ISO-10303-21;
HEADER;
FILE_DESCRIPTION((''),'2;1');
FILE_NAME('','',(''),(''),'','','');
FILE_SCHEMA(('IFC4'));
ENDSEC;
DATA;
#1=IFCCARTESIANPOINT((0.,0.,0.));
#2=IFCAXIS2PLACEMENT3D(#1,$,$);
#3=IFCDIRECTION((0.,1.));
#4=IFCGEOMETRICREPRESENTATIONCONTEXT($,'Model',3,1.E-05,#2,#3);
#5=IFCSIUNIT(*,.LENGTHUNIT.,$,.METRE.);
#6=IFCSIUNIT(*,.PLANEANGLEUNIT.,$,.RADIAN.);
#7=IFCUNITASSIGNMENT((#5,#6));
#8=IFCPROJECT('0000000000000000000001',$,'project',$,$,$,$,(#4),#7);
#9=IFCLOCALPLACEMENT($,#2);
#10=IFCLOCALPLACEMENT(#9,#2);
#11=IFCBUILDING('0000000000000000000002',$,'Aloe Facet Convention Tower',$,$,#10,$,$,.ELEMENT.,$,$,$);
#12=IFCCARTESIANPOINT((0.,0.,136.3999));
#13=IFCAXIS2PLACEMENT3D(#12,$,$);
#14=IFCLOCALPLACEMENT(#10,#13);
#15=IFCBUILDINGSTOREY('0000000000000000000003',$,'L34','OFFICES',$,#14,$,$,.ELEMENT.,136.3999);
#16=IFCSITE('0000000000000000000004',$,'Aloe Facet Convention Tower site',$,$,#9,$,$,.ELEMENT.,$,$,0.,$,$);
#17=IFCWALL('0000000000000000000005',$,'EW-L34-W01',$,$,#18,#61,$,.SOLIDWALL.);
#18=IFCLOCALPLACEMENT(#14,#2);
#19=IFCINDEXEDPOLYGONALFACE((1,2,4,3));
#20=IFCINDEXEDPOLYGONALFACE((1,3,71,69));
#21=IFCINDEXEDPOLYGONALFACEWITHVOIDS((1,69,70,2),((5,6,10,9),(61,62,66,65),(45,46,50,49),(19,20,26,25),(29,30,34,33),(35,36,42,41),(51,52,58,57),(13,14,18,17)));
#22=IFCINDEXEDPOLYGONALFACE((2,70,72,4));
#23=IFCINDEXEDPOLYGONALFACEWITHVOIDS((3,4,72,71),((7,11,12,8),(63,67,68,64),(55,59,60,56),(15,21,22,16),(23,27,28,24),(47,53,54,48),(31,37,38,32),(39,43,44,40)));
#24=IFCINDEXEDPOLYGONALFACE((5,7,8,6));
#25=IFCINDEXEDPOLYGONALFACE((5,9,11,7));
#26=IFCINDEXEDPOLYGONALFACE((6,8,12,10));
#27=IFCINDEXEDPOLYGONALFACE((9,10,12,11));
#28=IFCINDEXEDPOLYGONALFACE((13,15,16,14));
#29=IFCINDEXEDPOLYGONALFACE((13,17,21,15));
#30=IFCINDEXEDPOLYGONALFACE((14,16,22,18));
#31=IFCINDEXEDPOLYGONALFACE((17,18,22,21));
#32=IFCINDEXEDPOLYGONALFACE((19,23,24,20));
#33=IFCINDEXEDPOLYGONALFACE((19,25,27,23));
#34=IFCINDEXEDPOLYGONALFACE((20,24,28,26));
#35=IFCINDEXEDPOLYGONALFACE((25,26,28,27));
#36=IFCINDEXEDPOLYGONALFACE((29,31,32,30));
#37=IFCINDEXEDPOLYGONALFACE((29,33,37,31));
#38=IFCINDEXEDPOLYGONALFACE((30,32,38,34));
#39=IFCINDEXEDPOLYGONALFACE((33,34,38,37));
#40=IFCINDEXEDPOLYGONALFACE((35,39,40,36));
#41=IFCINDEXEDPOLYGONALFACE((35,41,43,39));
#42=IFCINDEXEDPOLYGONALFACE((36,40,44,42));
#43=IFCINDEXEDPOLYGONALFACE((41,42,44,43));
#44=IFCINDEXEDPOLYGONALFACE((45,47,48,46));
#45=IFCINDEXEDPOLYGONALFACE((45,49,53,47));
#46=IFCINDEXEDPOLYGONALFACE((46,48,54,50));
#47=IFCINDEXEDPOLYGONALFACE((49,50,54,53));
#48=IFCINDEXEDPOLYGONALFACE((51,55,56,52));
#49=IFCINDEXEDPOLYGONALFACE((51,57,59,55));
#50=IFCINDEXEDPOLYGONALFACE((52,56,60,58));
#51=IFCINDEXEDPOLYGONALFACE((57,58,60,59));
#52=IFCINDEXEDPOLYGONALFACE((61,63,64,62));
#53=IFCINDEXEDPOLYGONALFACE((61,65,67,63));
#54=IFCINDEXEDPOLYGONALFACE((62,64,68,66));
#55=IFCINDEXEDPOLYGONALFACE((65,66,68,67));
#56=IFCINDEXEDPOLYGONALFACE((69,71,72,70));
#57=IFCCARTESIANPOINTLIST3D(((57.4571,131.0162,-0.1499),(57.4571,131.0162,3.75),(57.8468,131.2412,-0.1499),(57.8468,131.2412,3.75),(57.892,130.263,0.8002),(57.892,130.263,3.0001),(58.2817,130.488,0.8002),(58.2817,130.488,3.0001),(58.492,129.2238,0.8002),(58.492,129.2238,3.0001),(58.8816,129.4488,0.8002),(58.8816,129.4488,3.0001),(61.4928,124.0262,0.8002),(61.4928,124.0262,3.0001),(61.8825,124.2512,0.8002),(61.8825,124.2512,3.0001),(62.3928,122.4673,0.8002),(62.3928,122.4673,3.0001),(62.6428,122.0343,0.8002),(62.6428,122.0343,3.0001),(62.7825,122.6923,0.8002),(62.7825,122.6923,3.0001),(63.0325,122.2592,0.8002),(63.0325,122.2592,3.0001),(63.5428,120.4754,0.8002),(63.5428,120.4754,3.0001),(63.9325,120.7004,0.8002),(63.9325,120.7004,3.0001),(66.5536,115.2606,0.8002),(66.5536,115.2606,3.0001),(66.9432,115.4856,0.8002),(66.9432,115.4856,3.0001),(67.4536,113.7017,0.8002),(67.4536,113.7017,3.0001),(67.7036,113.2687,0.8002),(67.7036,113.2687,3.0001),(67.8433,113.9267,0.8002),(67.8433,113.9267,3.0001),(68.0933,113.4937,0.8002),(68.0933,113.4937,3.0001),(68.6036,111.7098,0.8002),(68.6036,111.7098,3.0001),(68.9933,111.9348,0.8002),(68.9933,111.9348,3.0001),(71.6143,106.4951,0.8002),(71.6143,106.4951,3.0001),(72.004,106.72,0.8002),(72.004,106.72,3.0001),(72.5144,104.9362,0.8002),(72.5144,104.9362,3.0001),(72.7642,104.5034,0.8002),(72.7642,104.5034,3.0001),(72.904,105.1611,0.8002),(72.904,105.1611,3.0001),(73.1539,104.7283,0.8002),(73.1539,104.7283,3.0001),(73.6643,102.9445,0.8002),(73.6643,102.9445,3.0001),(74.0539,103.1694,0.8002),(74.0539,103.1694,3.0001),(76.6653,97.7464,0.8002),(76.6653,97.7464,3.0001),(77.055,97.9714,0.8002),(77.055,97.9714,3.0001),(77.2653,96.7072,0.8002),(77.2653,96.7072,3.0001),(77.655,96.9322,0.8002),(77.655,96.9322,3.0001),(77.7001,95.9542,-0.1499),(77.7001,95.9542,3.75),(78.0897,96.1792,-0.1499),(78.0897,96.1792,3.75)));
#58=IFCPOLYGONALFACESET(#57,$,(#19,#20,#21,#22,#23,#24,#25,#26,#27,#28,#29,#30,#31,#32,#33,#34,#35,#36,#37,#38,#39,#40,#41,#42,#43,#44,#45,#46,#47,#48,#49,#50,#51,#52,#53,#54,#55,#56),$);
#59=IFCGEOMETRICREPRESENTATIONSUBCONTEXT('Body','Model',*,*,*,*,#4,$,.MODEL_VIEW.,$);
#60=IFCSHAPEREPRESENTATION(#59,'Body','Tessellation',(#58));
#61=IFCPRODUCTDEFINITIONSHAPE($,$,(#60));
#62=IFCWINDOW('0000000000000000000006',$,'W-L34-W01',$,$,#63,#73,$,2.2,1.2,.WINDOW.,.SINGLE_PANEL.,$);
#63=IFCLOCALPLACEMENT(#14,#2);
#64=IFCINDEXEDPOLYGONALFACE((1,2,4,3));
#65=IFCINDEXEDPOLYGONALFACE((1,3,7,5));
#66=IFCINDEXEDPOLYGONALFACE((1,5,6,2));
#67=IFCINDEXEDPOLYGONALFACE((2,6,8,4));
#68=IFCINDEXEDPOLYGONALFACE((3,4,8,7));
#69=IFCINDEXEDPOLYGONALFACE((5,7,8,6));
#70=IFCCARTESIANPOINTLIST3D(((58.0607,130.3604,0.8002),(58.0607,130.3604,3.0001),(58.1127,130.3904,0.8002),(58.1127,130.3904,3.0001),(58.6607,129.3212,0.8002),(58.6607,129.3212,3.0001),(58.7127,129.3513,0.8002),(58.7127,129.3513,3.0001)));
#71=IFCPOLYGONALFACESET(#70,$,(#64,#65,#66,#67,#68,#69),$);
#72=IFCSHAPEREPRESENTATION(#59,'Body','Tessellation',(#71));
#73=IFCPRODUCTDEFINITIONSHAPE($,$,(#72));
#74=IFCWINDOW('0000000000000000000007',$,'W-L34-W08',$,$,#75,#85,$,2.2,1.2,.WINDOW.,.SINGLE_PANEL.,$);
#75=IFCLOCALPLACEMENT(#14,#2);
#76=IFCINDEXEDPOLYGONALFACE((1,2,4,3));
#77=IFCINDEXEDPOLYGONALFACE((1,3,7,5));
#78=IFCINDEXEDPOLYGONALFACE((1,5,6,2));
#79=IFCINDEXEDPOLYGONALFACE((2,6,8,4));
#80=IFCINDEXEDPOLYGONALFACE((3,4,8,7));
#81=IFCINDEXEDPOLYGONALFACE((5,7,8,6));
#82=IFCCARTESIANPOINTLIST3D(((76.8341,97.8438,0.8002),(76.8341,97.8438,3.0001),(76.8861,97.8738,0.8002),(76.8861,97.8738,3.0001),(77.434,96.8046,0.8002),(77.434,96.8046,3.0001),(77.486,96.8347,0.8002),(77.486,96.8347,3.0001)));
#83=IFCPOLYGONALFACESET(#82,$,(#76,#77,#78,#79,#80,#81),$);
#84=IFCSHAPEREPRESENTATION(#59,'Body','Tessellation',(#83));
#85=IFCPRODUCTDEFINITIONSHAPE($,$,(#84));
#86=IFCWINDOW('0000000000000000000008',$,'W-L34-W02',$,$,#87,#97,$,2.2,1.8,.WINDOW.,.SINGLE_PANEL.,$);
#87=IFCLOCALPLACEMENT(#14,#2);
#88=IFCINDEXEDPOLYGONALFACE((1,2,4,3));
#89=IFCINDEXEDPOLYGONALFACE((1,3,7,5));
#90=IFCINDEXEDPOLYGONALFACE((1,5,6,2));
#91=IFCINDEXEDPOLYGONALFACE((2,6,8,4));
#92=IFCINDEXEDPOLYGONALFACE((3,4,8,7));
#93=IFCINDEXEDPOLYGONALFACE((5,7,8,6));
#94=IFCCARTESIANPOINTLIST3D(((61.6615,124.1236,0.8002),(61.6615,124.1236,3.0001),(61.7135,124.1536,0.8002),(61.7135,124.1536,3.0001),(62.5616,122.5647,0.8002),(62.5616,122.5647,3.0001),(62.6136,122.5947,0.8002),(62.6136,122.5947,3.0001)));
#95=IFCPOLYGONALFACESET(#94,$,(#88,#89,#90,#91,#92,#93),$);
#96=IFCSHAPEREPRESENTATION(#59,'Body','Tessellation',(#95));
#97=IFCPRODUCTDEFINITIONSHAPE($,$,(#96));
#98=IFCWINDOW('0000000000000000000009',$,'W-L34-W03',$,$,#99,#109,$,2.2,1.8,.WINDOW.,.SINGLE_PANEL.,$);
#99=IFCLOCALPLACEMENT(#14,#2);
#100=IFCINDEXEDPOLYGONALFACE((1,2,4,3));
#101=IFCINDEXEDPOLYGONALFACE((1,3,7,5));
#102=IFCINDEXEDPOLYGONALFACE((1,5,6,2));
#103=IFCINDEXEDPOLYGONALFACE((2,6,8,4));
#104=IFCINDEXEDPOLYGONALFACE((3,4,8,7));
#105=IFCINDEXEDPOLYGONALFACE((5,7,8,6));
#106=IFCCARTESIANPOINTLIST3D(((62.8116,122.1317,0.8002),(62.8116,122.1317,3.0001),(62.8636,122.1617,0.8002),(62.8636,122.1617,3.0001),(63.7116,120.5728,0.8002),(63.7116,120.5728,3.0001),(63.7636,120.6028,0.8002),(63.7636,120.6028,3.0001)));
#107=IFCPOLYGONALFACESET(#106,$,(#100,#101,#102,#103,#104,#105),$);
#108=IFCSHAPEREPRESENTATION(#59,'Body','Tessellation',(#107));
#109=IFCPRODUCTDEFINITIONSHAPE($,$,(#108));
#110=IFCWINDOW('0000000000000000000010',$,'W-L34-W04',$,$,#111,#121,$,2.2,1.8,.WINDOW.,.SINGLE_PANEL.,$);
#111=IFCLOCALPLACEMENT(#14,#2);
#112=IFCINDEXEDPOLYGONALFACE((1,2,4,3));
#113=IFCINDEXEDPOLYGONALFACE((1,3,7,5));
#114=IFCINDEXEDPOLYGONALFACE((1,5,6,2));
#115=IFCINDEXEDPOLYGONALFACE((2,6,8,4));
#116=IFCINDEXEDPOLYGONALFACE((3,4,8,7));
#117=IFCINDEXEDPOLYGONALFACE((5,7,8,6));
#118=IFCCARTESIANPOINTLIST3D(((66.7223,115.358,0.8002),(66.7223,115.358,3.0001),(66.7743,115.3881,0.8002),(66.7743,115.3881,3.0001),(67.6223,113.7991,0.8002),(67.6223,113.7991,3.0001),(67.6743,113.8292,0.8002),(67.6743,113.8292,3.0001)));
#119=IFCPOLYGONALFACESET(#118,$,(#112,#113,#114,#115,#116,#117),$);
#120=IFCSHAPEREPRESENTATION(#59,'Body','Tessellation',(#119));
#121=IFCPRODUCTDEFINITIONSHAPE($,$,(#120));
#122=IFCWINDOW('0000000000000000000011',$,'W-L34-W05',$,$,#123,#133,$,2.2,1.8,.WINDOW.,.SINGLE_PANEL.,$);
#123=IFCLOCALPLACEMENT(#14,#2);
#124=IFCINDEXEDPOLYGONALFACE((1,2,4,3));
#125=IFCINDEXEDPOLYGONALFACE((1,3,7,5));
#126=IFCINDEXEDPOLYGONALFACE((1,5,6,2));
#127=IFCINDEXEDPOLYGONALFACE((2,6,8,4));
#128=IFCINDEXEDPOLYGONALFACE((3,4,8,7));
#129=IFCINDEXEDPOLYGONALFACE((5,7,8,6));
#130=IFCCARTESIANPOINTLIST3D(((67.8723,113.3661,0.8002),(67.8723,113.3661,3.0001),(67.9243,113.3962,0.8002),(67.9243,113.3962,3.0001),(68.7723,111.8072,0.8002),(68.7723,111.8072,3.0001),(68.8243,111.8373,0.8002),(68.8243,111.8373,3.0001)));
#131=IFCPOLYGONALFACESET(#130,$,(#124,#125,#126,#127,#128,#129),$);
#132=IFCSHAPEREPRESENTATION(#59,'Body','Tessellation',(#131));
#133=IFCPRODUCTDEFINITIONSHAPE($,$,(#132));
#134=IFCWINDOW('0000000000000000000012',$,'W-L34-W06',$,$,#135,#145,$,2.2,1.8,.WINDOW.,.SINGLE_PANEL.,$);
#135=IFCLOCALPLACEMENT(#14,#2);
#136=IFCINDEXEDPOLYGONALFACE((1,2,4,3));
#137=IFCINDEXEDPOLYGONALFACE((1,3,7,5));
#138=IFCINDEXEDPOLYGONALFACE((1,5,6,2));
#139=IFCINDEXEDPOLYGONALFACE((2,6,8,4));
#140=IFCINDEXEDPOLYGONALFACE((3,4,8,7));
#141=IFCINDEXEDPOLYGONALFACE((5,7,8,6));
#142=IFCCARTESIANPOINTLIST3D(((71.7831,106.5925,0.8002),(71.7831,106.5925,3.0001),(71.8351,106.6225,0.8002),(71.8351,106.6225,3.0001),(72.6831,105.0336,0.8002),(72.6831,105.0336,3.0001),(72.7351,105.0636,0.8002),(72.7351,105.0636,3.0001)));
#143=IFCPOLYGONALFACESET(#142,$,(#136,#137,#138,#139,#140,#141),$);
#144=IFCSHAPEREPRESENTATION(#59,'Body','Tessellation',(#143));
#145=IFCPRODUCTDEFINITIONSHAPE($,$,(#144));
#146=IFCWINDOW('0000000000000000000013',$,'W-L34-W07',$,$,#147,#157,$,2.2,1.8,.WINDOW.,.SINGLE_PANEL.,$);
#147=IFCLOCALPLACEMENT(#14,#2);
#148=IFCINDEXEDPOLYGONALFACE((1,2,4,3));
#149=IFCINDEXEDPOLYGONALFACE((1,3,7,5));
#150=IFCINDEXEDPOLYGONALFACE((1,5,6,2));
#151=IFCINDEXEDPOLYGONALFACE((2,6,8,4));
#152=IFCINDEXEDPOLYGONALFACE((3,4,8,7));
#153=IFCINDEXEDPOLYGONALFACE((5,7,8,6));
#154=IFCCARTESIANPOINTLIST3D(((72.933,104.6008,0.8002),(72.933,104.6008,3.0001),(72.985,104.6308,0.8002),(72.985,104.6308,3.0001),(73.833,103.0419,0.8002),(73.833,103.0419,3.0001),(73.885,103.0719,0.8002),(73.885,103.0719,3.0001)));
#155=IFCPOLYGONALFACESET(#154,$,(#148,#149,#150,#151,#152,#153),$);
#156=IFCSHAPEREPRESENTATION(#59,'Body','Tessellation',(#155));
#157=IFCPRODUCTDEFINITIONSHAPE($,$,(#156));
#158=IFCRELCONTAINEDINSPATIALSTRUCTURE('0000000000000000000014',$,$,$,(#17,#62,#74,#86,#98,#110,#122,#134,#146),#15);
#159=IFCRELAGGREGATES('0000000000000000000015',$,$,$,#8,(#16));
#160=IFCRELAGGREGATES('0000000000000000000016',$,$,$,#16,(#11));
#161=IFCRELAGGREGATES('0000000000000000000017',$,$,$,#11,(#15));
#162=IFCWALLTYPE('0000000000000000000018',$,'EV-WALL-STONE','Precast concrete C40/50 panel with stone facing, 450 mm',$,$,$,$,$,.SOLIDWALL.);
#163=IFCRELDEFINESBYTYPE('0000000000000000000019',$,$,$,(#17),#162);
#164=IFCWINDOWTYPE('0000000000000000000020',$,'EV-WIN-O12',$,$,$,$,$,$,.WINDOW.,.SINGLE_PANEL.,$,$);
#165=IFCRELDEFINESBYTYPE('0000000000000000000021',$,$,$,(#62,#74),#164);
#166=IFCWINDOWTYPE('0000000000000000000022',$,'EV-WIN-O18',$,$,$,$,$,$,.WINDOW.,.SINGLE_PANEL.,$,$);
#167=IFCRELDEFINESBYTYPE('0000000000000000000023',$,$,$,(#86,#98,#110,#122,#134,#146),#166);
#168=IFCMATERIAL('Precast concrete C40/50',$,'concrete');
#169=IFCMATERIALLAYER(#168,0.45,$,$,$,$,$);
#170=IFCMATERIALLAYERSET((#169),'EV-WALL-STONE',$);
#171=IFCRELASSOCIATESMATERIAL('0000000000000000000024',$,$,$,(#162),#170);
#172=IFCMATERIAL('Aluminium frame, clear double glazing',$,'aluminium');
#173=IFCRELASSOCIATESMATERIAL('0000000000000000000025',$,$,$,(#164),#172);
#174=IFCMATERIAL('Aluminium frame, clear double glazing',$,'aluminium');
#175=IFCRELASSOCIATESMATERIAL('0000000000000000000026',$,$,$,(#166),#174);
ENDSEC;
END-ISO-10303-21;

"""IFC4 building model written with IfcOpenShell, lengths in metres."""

from ifc_helpers import new_model, si_unit, direction, frame, frame_2d, origin, place, context, subcontext, project, spatial, polyline, rectangle, outline, extrude, material, layer, layer_set, type_object, element, fill, save


model = new_model("IFC4")

# Units and contexts
model_context = context("Model", 3, precision=1e-05, world=origin(), true_north=direction((0.0, 1.0)))
body_context = subcontext(model_context, "Body", "Model", "MODEL_VIEW")
ifc_project = project(units=[si_unit("LENGTHUNIT", "METRE"), si_unit("PLANEANGLEUNIT", "RADIAN")], contexts=[model_context])

# Site, building, storey
site_placement = place(None, origin())
site = spatial("IfcSite", under=ifc_project, at=site_placement, Name="Aloe Facet Convention Tower site", CompositionType="ELEMENT", RefElevation=0.0)
building_placement = place(site_placement, origin())
building = spatial("IfcBuilding", under=site, at=building_placement, Name="Aloe Facet Convention Tower", CompositionType="ELEMENT")
storey_placement = place(building_placement, frame((0.0, 0.0, 136.3999)))
storey = spatial("IfcBuildingStorey", under=building, at=storey_placement, Name="L34", Description="OFFICES", CompositionType="ELEMENT", Elevation=136.3999)

# Wall, openings, windows
ifc_material_1 = material(Name="Precast concrete C40/50", Category="concrete")
ifc_layer_1 = layer(ifc_material_1, 0.45)
ifc_layer_set_1 = layer_set([ifc_layer_1], Name="EV-WALL-STONE")
wall_type_1 = type_object("IfcWallType", Name="EV-WALL-STONE", Description="Precast concrete C40/50 panel with stone facing, 450 mm", PredefinedType="SOLIDWALL", material=ifc_layer_set_1)
wall_1_placement = place(storey_placement, frame((57.6519, 131.1287, -0.1499), z_axis=(0.0, 0.0, 1.0), x_axis=(0.499997, -0.866027, 0.0)))
wall_1 = element("IfcWall", 1, at=wall_1_placement, inside=storey, type_object=wall_type_1, Name="EW-L34-W01", PredefinedType="SOLIDWALL", context=body_context, shape_type="SweptSolid", body=[
    extrude(outline(polyline([(40.4861, 0.0), (40.4861, 3.8999), (0.0, 3.8999), (0.0, 0.0), (40.4861, 0.0)])), frame((0.0, 0.2251, 0.0), z_axis=(0.0, -1.0, 0.0), x_axis=(1.0, 0.0, 0.0)), (0.0, 0.0, 1.0), 0.45),
])
opening_1_placement = place(wall_1_placement, frame((0.8696, 0.0, 0.95)))
opening_1 = element("IfcOpeningElement", 2, at=opening_1_placement, cuts=wall_1, PredefinedType="OPENING", context=body_context, shape_type="SweptSolid", body=[
    extrude(rectangle(XDim=1.2, YDim=2.2, at=frame_2d((0.6001, 1.1001))), frame((0.0, 0.2349, 0.0), z_axis=(0.0, -1.0, 0.0), x_axis=(1.0, 0.0, 0.0)), (0.0, 0.0, 1.0), 0.47),
])
opening_2_placement = place(wall_1_placement, frame((8.0715, 0.0, 0.95)))
opening_2 = element("IfcOpeningElement", 3, at=opening_2_placement, cuts=wall_1, PredefinedType="OPENING", context=body_context, shape_type="SweptSolid", body=[
    extrude(rectangle(XDim=1.8, YDim=2.2, at=frame_2d((0.8999, 1.1001))), frame((0.0, 0.2349, 0.0), z_axis=(0.0, -1.0, 0.0), x_axis=(1.0, 0.0, 0.0)), (0.0, 0.0, 1.0), 0.47),
])
opening_3_placement = place(wall_1_placement, frame((10.3716, 0.0, 0.95)))
opening_3 = element("IfcOpeningElement", 4, at=opening_3_placement, cuts=wall_1, PredefinedType="OPENING", context=body_context, shape_type="SweptSolid", body=[
    extrude(rectangle(XDim=1.8, YDim=2.2, at=frame_2d((0.8999, 1.1001))), frame((0.0, 0.2349, 0.0), z_axis=(0.0, -1.0, 0.0), x_axis=(1.0, 0.0, 0.0)), (0.0, 0.0, 1.0), 0.47),
])
opening_4_placement = place(wall_1_placement, frame((18.1931, 0.0, 0.95)))
opening_4 = element("IfcOpeningElement", 5, at=opening_4_placement, cuts=wall_1, PredefinedType="OPENING", context=body_context, shape_type="SweptSolid", body=[
    extrude(rectangle(XDim=1.8, YDim=2.2, at=frame_2d((0.8999, 1.1001))), frame((0.0, 0.2349, 0.0), z_axis=(0.0, -1.0, 0.0), x_axis=(1.0, 0.0, 0.0)), (0.0, 0.0, 1.0), 0.47),
])
opening_5_placement = place(wall_1_placement, frame((20.4932, 0.0, 0.95)))
opening_5 = element("IfcOpeningElement", 6, at=opening_5_placement, cuts=wall_1, PredefinedType="OPENING", context=body_context, shape_type="SweptSolid", body=[
    extrude(rectangle(XDim=1.8, YDim=2.2, at=frame_2d((0.8999, 1.1001))), frame((0.0, 0.2349, 0.0), z_axis=(0.0, -1.0, 0.0), x_axis=(1.0, 0.0, 0.0)), (0.0, 0.0, 1.0), 0.47),
])
opening_6_placement = place(wall_1_placement, frame((28.3147, 0.0, 0.95)))
opening_6 = element("IfcOpeningElement", 7, at=opening_6_placement, cuts=wall_1, PredefinedType="OPENING", context=body_context, shape_type="SweptSolid", body=[
    extrude(rectangle(XDim=1.8, YDim=2.2, at=frame_2d((0.8999, 1.1001))), frame((0.0, 0.2349, 0.0), z_axis=(0.0, -1.0, 0.0), x_axis=(1.0, 0.0, 0.0)), (0.0, 0.0, 1.0), 0.47),
])
opening_7_placement = place(wall_1_placement, frame((30.6145, 0.0, 0.95)))
opening_7 = element("IfcOpeningElement", 8, at=opening_7_placement, cuts=wall_1, PredefinedType="OPENING", context=body_context, shape_type="SweptSolid", body=[
    extrude(rectangle(XDim=1.8, YDim=2.2, at=frame_2d((0.8999, 1.1001))), frame((0.0, 0.2349, 0.0), z_axis=(0.0, -1.0, 0.0), x_axis=(1.0, 0.0, 0.0)), (0.0, 0.0, 1.0), 0.47),
])
opening_8_placement = place(wall_1_placement, frame((38.4165, 0.0, 0.95)))
opening_8 = element("IfcOpeningElement", 9, at=opening_8_placement, cuts=wall_1, PredefinedType="OPENING", context=body_context, shape_type="SweptSolid", body=[
    extrude(rectangle(XDim=1.2, YDim=2.2, at=frame_2d((0.6001, 1.1001))), frame((0.0, 0.2349, 0.0), z_axis=(0.0, -1.0, 0.0), x_axis=(1.0, 0.0, 0.0)), (0.0, 0.0, 1.0), 0.47),
])
ifc_material_2 = material(Name="Aluminium frame, clear double glazing", Category="aluminium")
window_type_1 = type_object("IfcWindowType", Name="EV-WIN-O12", PartitioningType="SINGLE_PANEL", PredefinedType="WINDOW", material=ifc_material_2)
window_1_placement = place(opening_1_placement, origin())
window_1 = element("IfcWindow", 10, at=window_1_placement, inside=storey, type_object=window_type_1, Name="W-L34-W01", OverallHeight=2.2, OverallWidth=1.2, PartitioningType="SINGLE_PANEL", PredefinedType="WINDOW", context=body_context, shape_type="SweptSolid", body=[
    extrude(rectangle(XDim=1.2, YDim=2.2, at=frame_2d((0.6001, 1.1001))), frame((0.0, 0.03, 0.0), z_axis=(0.0, -1.0, 0.0), x_axis=(1.0, 0.0, 0.0)), (0.0, 0.0, 1.0), 0.0601),
])
fill(opening_1, window_1)
window_2_placement = place(opening_8_placement, origin())
window_2 = element("IfcWindow", 11, at=window_2_placement, inside=storey, type_object=window_type_1, Name="W-L34-W08", OverallHeight=2.2, OverallWidth=1.2, PartitioningType="SINGLE_PANEL", PredefinedType="WINDOW", context=body_context, shape_type="SweptSolid", body=[
    extrude(rectangle(XDim=1.2, YDim=2.2, at=frame_2d((0.6001, 1.1001))), frame((0.0, 0.03, 0.0), z_axis=(0.0, -1.0, 0.0), x_axis=(1.0, 0.0, 0.0)), (0.0, 0.0, 1.0), 0.0601),
])
fill(opening_8, window_2)
ifc_material_3 = material(Name="Aluminium frame, clear double glazing", Category="aluminium")
window_type_2 = type_object("IfcWindowType", Name="EV-WIN-O18", PartitioningType="SINGLE_PANEL", PredefinedType="WINDOW", material=ifc_material_3)
window_3_placement = place(opening_2_placement, origin())
window_3 = element("IfcWindow", 12, at=window_3_placement, inside=storey, type_object=window_type_2, Name="W-L34-W02", OverallHeight=2.2, OverallWidth=1.8, PartitioningType="SINGLE_PANEL", PredefinedType="WINDOW", context=body_context, shape_type="SweptSolid", body=[
    extrude(rectangle(XDim=1.8, YDim=2.2, at=frame_2d((0.8999, 1.1001))), frame((0.0, 0.03, 0.0), z_axis=(0.0, -1.0, 0.0), x_axis=(1.0, 0.0, 0.0)), (0.0, 0.0, 1.0), 0.0601),
])
fill(opening_2, window_3)
window_4_placement = place(opening_3_placement, origin())
window_4 = element("IfcWindow", 13, at=window_4_placement, inside=storey, type_object=window_type_2, Name="W-L34-W03", OverallHeight=2.2, OverallWidth=1.8, PartitioningType="SINGLE_PANEL", PredefinedType="WINDOW", context=body_context, shape_type="SweptSolid", body=[
    extrude(rectangle(XDim=1.8, YDim=2.2, at=frame_2d((0.8999, 1.1001))), frame((0.0, 0.03, 0.0), z_axis=(0.0, -1.0, 0.0), x_axis=(1.0, 0.0, 0.0)), (0.0, 0.0, 1.0), 0.0601),
])
fill(opening_3, window_4)
window_5_placement = place(opening_4_placement, origin())
window_5 = element("IfcWindow", 14, at=window_5_placement, inside=storey, type_object=window_type_2, Name="W-L34-W04", OverallHeight=2.2, OverallWidth=1.8, PartitioningType="SINGLE_PANEL", PredefinedType="WINDOW", context=body_context, shape_type="SweptSolid", body=[
    extrude(rectangle(XDim=1.8, YDim=2.2, at=frame_2d((0.8999, 1.1001))), frame((0.0, 0.03, 0.0), z_axis=(0.0, -1.0, 0.0), x_axis=(1.0, 0.0, 0.0)), (0.0, 0.0, 1.0), 0.0601),
])
fill(opening_4, window_5)
window_6_placement = place(opening_5_placement, origin())
window_6 = element("IfcWindow", 15, at=window_6_placement, inside=storey, type_object=window_type_2, Name="W-L34-W05", OverallHeight=2.2, OverallWidth=1.8, PartitioningType="SINGLE_PANEL", PredefinedType="WINDOW", context=body_context, shape_type="SweptSolid", body=[
    extrude(rectangle(XDim=1.8, YDim=2.2, at=frame_2d((0.8999, 1.1001))), frame((0.0, 0.03, 0.0), z_axis=(0.0, -1.0, 0.0), x_axis=(1.0, 0.0, 0.0)), (0.0, 0.0, 1.0), 0.0601),
])
fill(opening_5, window_6)
window_7_placement = place(opening_6_placement, origin())
window_7 = element("IfcWindow", 16, at=window_7_placement, inside=storey, type_object=window_type_2, Name="W-L34-W06", OverallHeight=2.2, OverallWidth=1.8, PartitioningType="SINGLE_PANEL", PredefinedType="WINDOW", context=body_context, shape_type="SweptSolid", body=[
    extrude(rectangle(XDim=1.8, YDim=2.2, at=frame_2d((0.8999, 1.1001))), frame((0.0, 0.03, 0.0), z_axis=(0.0, -1.0, 0.0), x_axis=(1.0, 0.0, 0.0)), (0.0, 0.0, 1.0), 0.0601),
])
fill(opening_6, window_7)
window_8_placement = place(opening_7_placement, origin())
window_8 = element("IfcWindow", 17, at=window_8_placement, inside=storey, type_object=window_type_2, Name="W-L34-W07", OverallHeight=2.2, OverallWidth=1.8, PartitioningType="SINGLE_PANEL", PredefinedType="WINDOW", context=body_context, shape_type="SweptSolid", body=[
    extrude(rectangle(XDim=1.8, YDim=2.2, at=frame_2d((0.8999, 1.1001))), frame((0.0, 0.03, 0.0), z_axis=(0.0, -1.0, 0.0), x_axis=(1.0, 0.0, 0.0)), (0.0, 0.0, 1.0), 0.0601),
])
fill(opening_7, window_8)

save(model, "model.ifc")
